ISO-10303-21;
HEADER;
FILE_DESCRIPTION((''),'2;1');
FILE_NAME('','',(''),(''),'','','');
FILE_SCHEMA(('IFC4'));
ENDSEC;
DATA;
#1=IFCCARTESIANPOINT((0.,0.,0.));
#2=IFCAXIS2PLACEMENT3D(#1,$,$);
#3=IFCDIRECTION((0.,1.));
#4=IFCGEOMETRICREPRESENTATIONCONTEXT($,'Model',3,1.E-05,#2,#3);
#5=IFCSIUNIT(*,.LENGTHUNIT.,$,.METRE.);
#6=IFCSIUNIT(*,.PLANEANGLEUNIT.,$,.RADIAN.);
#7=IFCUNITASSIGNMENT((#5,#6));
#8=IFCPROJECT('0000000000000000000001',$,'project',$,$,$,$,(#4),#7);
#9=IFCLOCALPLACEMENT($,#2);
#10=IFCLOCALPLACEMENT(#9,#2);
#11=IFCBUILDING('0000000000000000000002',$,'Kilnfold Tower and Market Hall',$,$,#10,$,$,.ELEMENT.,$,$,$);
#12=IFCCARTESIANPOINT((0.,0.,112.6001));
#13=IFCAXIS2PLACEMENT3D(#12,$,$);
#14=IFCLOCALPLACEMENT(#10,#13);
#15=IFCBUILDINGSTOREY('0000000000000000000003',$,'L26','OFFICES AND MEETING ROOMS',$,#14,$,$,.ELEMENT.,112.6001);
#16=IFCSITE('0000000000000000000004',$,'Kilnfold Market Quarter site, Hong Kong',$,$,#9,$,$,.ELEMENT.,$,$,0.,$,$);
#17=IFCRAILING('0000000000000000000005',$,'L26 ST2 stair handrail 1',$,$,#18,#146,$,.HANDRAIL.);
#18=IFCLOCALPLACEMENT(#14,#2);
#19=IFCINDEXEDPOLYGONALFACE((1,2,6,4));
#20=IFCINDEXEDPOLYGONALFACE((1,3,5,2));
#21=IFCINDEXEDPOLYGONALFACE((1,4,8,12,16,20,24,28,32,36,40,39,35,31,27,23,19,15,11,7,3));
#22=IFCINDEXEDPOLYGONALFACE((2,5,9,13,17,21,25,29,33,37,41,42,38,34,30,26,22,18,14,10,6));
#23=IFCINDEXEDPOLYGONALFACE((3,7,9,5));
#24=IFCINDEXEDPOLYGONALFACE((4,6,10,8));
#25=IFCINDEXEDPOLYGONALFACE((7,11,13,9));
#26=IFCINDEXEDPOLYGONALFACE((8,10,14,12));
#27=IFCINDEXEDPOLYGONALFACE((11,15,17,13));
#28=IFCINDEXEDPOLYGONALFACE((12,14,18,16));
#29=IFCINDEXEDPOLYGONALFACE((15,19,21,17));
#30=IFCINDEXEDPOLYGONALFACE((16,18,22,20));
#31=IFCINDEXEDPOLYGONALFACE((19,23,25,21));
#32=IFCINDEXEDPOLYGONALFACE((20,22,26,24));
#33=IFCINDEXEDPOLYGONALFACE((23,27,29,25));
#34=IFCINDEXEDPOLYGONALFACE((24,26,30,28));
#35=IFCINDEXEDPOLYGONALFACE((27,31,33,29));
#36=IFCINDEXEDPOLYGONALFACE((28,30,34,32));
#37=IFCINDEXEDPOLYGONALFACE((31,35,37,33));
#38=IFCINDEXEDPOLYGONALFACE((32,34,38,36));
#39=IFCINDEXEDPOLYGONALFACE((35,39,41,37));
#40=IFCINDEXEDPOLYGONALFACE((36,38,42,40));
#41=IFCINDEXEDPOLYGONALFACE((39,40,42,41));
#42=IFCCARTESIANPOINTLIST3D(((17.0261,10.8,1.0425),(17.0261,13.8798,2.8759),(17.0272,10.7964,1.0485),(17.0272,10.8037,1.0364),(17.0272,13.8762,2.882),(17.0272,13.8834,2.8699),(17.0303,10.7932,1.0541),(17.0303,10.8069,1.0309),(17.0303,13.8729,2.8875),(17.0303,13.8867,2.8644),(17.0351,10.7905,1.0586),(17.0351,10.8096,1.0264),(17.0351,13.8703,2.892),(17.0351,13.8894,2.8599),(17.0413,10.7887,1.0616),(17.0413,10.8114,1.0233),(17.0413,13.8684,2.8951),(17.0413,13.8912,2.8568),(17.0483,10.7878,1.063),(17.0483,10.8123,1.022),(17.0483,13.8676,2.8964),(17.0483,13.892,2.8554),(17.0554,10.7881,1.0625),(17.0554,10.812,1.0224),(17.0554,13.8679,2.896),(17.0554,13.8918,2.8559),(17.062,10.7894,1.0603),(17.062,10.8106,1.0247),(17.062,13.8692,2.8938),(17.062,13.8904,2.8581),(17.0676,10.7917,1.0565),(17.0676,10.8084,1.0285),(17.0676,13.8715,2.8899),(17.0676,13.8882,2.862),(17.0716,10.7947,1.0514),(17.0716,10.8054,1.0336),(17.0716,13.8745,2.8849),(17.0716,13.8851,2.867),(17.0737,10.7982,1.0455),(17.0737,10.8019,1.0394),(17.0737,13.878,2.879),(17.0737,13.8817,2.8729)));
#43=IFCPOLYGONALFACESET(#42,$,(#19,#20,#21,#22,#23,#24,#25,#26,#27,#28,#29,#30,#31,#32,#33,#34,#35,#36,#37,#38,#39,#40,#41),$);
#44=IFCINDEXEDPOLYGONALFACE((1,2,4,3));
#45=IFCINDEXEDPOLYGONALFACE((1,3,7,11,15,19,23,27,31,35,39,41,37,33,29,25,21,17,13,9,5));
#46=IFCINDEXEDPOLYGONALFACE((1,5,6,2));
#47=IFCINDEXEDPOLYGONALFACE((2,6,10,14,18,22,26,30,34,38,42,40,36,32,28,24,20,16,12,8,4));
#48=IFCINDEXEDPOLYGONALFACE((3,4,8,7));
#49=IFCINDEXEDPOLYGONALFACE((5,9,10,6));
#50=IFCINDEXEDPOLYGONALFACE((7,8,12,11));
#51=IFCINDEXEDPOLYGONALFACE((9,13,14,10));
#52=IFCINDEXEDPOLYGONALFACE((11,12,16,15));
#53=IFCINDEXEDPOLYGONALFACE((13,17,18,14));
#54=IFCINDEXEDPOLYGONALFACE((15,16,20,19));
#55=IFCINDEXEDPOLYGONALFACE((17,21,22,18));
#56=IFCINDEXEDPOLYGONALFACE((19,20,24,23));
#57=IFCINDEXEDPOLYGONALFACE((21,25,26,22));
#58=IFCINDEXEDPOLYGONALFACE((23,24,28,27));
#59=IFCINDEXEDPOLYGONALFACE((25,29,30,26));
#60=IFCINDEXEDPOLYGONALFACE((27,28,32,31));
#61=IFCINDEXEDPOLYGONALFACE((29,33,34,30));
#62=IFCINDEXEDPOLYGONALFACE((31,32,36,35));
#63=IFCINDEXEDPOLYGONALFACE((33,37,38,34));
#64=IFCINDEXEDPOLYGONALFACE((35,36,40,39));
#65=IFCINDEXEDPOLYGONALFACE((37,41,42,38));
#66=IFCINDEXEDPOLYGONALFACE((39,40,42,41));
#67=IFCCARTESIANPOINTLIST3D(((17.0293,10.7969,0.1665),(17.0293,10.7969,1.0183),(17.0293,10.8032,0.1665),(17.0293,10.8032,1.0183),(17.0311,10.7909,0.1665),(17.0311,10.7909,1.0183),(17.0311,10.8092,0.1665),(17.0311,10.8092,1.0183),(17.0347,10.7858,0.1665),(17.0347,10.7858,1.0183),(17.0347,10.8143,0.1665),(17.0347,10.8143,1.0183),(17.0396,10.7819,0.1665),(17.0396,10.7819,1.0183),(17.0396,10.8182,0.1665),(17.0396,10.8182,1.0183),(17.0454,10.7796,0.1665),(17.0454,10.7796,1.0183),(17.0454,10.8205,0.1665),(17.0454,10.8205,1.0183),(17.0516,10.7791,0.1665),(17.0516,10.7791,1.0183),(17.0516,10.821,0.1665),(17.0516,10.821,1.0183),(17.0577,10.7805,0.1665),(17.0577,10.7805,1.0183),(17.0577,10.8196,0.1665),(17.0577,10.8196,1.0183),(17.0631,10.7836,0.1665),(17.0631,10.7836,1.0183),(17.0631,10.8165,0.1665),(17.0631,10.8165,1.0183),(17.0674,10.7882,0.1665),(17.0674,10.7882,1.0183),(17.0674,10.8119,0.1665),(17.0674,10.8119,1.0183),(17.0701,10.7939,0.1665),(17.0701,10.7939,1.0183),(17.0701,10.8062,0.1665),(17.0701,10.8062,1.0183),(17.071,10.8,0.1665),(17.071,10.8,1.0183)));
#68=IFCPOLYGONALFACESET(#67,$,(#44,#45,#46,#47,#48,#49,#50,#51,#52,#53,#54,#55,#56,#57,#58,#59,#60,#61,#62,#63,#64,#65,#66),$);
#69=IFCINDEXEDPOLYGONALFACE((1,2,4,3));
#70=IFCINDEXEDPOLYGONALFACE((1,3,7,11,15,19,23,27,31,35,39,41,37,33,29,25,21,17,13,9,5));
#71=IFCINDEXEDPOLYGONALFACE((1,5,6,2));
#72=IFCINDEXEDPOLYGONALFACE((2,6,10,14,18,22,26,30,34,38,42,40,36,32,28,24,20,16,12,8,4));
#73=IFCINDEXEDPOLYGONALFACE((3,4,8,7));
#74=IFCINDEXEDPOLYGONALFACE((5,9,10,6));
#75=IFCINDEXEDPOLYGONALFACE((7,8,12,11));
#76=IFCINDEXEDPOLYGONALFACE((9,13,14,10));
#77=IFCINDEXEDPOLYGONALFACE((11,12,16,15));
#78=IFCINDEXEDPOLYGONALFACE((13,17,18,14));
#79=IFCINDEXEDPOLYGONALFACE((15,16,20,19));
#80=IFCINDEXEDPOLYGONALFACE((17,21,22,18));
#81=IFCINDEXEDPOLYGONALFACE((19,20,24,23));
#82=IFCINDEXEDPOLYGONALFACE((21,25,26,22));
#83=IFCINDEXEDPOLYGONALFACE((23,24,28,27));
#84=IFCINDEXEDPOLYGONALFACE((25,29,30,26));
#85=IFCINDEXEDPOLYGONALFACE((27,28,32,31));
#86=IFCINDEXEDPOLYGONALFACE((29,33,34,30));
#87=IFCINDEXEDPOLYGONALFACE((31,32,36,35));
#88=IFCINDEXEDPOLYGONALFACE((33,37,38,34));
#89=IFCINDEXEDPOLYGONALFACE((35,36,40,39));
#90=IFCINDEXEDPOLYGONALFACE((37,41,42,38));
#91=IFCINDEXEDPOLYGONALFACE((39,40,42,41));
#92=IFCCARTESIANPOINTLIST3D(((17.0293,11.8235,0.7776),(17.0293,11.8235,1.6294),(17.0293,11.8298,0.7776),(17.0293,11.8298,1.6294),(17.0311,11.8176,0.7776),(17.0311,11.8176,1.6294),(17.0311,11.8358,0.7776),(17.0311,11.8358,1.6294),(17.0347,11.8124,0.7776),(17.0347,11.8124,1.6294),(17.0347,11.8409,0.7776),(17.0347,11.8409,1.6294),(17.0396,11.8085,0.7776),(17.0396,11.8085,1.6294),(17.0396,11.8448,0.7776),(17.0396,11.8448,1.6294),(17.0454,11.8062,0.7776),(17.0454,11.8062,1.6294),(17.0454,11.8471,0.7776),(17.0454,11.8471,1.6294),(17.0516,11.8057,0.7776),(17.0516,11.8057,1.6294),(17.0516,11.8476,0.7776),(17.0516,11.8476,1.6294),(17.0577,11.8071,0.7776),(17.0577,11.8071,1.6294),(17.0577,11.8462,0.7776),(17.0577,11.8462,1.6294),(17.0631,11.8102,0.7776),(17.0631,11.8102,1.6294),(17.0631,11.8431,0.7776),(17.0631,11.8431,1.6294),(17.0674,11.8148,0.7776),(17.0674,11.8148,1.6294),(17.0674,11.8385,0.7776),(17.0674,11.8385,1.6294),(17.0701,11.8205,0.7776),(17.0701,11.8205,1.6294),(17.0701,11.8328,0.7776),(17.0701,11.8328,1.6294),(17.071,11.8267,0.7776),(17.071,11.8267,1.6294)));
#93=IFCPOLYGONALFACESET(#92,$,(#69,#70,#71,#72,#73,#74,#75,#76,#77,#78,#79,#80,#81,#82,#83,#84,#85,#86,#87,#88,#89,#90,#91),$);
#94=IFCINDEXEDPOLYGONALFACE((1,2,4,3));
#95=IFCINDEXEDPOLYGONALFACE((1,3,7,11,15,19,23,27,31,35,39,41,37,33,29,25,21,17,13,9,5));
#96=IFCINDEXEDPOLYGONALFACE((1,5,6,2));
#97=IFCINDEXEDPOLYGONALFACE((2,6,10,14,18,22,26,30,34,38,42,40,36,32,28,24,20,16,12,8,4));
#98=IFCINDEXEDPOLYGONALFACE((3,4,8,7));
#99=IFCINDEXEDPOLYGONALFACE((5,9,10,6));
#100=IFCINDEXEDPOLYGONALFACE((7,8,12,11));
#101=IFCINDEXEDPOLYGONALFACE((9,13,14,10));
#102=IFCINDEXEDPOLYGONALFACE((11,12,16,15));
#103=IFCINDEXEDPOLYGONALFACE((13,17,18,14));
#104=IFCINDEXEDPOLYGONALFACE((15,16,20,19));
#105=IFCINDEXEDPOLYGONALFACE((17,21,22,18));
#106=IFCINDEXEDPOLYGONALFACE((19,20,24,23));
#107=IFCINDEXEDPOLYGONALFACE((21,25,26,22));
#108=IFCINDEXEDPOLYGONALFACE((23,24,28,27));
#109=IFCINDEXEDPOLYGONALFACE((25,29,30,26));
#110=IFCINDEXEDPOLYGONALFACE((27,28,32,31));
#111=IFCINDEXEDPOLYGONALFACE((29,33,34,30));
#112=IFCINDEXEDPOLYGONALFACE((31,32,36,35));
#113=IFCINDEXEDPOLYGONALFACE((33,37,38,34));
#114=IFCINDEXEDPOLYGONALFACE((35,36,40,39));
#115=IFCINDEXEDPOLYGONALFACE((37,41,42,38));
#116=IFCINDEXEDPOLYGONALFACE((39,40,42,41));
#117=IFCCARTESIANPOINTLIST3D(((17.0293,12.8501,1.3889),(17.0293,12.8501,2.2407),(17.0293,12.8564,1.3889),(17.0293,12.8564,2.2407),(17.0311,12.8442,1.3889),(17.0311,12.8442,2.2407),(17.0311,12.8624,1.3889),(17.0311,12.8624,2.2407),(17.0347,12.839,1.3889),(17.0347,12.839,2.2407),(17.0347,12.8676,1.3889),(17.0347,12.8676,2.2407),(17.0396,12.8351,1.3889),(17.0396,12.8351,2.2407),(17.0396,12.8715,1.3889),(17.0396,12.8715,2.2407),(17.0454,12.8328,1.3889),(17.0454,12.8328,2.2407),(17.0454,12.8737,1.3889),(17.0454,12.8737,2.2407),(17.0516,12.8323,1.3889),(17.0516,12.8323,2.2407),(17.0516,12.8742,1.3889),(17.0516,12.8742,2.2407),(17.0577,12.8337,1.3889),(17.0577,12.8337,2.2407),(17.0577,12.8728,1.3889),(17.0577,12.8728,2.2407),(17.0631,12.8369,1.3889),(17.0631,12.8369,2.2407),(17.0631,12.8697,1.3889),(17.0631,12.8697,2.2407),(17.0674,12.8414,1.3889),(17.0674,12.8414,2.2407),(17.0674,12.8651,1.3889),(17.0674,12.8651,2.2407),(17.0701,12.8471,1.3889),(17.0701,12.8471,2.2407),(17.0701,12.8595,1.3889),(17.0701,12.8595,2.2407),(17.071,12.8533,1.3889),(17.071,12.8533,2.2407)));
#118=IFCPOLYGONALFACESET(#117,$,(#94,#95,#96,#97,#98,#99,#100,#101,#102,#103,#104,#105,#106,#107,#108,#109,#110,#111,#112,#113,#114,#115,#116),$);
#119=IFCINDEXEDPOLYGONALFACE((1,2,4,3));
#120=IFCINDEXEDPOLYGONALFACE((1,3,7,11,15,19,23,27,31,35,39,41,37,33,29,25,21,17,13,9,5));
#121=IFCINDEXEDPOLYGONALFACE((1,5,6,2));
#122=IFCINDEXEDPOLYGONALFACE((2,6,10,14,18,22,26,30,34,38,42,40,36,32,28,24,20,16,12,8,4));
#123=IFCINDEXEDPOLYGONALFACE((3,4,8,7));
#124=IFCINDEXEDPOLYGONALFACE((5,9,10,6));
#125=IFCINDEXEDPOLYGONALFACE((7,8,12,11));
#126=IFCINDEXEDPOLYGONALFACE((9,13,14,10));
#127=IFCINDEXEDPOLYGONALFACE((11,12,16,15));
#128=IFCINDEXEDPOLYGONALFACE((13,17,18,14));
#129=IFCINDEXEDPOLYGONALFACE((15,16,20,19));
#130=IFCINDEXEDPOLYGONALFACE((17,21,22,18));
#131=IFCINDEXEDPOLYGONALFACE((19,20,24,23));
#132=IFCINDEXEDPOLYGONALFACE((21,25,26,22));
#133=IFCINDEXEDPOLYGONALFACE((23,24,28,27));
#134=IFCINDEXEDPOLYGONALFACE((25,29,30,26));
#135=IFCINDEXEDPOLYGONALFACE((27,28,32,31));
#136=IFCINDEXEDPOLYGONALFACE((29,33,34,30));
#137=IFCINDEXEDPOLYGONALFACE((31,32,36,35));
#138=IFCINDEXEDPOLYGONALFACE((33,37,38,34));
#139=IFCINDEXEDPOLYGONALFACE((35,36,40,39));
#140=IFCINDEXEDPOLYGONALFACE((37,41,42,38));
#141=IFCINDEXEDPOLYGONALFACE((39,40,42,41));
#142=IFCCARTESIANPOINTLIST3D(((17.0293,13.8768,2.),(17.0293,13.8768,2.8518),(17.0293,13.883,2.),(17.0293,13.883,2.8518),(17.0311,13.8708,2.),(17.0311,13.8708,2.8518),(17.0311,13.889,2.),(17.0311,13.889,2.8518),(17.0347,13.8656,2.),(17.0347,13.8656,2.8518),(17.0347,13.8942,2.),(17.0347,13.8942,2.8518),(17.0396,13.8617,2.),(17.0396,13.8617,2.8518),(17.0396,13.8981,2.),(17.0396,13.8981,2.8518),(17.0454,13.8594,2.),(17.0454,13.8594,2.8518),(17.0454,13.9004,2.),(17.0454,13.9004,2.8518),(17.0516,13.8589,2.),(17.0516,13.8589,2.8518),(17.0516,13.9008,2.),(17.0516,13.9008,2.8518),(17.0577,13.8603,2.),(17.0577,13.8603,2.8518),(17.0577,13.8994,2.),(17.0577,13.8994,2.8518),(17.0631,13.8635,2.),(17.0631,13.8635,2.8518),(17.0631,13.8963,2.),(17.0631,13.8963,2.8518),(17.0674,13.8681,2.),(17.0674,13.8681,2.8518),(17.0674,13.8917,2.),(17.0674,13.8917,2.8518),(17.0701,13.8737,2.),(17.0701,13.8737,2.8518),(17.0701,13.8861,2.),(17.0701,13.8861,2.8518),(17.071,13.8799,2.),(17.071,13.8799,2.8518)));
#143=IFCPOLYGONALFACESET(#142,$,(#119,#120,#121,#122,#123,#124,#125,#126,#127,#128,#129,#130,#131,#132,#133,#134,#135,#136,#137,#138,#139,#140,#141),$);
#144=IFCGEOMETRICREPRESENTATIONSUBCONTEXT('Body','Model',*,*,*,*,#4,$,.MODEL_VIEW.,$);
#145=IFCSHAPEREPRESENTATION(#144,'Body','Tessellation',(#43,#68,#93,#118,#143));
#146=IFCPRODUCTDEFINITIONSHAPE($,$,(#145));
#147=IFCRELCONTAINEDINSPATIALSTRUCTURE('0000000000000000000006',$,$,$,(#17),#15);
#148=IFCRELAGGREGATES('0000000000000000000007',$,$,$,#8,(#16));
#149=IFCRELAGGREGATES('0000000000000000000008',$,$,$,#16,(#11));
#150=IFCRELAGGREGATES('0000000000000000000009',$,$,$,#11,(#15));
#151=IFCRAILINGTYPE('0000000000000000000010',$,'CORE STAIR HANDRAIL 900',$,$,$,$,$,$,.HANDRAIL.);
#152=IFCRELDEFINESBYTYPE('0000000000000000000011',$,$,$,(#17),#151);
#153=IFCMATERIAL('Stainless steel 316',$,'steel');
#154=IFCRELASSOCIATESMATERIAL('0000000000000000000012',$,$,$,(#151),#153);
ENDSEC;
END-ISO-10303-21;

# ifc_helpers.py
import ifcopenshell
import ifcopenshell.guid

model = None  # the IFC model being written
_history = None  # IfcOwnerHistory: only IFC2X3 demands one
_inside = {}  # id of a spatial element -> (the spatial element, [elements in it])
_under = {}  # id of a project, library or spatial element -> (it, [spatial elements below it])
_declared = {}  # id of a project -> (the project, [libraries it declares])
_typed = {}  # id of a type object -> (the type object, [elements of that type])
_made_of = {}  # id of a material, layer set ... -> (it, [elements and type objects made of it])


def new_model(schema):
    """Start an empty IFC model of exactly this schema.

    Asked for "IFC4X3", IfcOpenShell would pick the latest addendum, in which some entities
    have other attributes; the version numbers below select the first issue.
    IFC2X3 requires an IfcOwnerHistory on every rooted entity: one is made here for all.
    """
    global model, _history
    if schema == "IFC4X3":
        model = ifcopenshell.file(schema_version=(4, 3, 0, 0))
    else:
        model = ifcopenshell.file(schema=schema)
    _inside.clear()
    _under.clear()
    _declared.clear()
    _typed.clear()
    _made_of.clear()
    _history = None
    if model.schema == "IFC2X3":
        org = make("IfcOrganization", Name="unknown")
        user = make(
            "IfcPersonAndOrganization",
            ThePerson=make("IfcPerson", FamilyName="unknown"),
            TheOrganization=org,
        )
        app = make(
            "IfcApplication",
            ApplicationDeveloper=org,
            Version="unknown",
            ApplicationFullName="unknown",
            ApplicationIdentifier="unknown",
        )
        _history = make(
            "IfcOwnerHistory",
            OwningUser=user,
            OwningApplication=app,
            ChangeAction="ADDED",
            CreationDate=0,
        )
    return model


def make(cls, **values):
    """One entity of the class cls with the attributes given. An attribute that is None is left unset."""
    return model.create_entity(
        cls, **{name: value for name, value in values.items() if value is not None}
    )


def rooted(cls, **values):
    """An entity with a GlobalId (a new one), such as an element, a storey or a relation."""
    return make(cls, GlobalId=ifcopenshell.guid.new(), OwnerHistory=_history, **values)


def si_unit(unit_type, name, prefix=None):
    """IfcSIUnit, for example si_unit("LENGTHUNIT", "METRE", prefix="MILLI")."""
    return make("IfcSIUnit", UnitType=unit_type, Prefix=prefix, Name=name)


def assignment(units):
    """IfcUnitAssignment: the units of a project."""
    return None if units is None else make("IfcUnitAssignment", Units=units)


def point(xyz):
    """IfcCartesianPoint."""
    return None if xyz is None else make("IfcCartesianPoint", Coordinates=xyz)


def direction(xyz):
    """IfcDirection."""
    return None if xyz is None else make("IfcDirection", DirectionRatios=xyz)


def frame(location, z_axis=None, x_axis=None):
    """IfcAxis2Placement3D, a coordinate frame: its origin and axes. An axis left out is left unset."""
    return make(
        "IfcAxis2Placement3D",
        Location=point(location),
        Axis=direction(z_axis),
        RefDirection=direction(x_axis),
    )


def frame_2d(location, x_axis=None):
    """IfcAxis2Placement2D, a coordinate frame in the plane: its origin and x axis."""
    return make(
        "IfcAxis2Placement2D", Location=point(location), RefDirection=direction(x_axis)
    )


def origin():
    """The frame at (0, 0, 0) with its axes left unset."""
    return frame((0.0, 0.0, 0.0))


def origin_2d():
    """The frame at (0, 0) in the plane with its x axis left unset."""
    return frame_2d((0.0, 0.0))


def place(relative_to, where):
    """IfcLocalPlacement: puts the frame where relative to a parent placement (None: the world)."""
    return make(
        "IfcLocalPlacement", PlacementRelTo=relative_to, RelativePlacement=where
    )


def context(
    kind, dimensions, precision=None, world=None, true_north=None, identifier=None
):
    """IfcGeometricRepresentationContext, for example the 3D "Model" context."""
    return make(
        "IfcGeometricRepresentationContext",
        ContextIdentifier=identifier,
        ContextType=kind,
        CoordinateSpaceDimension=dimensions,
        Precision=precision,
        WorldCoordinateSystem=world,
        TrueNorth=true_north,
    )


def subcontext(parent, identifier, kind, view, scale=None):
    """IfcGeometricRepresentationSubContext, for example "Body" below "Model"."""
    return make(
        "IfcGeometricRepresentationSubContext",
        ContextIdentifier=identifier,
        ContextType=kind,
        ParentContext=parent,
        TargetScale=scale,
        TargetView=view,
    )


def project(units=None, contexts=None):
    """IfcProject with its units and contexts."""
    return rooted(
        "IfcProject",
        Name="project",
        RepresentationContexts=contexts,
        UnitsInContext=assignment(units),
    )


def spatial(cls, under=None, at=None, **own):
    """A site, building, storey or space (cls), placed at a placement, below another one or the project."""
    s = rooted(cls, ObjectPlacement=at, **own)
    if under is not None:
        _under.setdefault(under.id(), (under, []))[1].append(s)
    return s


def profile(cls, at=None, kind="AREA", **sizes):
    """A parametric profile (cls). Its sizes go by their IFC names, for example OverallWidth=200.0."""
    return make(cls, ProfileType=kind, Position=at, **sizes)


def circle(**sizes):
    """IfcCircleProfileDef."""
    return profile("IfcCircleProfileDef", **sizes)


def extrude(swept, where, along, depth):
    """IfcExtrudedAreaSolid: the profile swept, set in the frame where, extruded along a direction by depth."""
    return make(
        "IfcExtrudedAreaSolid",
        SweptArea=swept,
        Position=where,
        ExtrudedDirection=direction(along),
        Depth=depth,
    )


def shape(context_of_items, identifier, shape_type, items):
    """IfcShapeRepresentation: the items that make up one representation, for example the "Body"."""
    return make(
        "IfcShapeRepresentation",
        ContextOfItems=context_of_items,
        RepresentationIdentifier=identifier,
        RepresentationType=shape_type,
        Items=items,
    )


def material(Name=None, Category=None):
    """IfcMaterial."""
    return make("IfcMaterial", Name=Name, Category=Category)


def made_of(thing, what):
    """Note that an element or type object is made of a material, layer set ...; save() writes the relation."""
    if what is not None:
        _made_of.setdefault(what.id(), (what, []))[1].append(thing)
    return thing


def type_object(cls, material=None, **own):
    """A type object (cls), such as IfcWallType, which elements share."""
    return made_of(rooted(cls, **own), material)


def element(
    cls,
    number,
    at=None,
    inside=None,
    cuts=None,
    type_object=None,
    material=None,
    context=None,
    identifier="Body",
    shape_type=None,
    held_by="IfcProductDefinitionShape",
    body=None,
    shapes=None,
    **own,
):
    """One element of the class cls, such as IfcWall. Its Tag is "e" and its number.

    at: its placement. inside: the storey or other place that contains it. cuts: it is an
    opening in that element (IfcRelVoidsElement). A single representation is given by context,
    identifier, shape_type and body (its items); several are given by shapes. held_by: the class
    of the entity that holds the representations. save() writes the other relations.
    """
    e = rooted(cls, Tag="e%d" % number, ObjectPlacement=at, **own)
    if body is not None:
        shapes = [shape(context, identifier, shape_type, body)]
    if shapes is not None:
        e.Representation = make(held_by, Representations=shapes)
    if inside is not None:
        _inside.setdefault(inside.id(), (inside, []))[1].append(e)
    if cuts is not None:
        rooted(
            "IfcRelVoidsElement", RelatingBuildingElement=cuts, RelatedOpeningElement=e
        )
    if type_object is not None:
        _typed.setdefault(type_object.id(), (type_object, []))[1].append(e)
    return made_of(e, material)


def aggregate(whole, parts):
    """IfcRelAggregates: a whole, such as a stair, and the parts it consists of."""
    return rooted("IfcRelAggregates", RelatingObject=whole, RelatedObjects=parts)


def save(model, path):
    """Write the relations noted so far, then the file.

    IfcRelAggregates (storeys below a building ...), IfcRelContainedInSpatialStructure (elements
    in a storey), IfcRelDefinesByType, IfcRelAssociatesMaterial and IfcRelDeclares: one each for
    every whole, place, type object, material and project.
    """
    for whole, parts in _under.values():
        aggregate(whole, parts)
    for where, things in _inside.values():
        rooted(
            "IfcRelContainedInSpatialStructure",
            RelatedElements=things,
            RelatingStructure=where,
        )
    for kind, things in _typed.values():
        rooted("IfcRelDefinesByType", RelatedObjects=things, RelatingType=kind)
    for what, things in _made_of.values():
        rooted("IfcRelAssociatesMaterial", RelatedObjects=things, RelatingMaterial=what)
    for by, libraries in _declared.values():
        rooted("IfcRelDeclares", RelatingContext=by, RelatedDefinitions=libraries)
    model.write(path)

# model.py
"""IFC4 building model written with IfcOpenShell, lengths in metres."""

from ifc_helpers import new_model, si_unit, direction, frame, origin, origin_2d, place, context, subcontext, project, spatial, circle, extrude, material, type_object, element, save


model = new_model("IFC4")

# Units and contexts
model_context = context("Model", 3, precision=1e-05, world=origin(), true_north=direction((0.0, 1.0)))
body_context = subcontext(model_context, "Body", "Model", "MODEL_VIEW")
ifc_project = project(units=[si_unit("LENGTHUNIT", "METRE"), si_unit("PLANEANGLEUNIT", "RADIAN")], contexts=[model_context])

# Site, building, storey
site_placement = place(None, origin())
site = spatial("IfcSite", under=ifc_project, at=site_placement, Name="Kilnfold Market Quarter site, Hong Kong", CompositionType="ELEMENT", RefElevation=0.0)
building_placement = place(site_placement, origin())
building = spatial("IfcBuilding", under=site, at=building_placement, Name="Kilnfold Tower and Market Hall", CompositionType="ELEMENT")
storey_placement = place(building_placement, frame((0.0, 0.0, 112.6001)))
storey = spatial("IfcBuildingStorey", under=building, at=storey_placement, Name="L26", Description="OFFICES AND MEETING ROOMS", CompositionType="ELEMENT", Elevation=112.6001)

# Railing
ifc_material_1 = material(Name="Stainless steel 316", Category="steel")
railing_type_1 = type_object("IfcRailingType", Name="CORE STAIR HANDRAIL 900", PredefinedType="HANDRAIL", material=ifc_material_1)
railing_1_placement = place(storey_placement, frame((17.05, 10.8, 0.1665)))
element("IfcRailing", 1, at=railing_1_placement, inside=storey, type_object=railing_type_1, Name="L26 ST2 stair handrail 1", PredefinedType="HANDRAIL", context=body_context, shape_type="SweptSolid", body=[
    extrude(circle(Radius=0.0239, at=origin_2d()), frame((0.0, 0.0, 0.876), z_axis=(0.0, 0.859261, 0.511538), x_axis=(-1.0, 0.0, 0.0)), (0.0, 0.0, 1.0), 3.5842),
    extrude(circle(Radius=0.021, at=origin_2d()), origin(), (0.0, 0.0, 1.0), 0.8518),
    extrude(circle(Radius=0.021, at=origin_2d()), frame((0.0, 1.0266, 0.6111)), (0.0, 0.0, 1.0), 0.8518),
    extrude(circle(Radius=0.021, at=origin_2d()), frame((0.0, 2.0532, 1.2224)), (0.0, 0.0, 1.0), 0.8518),
    extrude(circle(Radius=0.021, at=origin_2d()), frame((0.0, 3.0798, 1.8335)), (0.0, 0.0, 1.0), 0.8518),
])

save(model, "model.ifc")
